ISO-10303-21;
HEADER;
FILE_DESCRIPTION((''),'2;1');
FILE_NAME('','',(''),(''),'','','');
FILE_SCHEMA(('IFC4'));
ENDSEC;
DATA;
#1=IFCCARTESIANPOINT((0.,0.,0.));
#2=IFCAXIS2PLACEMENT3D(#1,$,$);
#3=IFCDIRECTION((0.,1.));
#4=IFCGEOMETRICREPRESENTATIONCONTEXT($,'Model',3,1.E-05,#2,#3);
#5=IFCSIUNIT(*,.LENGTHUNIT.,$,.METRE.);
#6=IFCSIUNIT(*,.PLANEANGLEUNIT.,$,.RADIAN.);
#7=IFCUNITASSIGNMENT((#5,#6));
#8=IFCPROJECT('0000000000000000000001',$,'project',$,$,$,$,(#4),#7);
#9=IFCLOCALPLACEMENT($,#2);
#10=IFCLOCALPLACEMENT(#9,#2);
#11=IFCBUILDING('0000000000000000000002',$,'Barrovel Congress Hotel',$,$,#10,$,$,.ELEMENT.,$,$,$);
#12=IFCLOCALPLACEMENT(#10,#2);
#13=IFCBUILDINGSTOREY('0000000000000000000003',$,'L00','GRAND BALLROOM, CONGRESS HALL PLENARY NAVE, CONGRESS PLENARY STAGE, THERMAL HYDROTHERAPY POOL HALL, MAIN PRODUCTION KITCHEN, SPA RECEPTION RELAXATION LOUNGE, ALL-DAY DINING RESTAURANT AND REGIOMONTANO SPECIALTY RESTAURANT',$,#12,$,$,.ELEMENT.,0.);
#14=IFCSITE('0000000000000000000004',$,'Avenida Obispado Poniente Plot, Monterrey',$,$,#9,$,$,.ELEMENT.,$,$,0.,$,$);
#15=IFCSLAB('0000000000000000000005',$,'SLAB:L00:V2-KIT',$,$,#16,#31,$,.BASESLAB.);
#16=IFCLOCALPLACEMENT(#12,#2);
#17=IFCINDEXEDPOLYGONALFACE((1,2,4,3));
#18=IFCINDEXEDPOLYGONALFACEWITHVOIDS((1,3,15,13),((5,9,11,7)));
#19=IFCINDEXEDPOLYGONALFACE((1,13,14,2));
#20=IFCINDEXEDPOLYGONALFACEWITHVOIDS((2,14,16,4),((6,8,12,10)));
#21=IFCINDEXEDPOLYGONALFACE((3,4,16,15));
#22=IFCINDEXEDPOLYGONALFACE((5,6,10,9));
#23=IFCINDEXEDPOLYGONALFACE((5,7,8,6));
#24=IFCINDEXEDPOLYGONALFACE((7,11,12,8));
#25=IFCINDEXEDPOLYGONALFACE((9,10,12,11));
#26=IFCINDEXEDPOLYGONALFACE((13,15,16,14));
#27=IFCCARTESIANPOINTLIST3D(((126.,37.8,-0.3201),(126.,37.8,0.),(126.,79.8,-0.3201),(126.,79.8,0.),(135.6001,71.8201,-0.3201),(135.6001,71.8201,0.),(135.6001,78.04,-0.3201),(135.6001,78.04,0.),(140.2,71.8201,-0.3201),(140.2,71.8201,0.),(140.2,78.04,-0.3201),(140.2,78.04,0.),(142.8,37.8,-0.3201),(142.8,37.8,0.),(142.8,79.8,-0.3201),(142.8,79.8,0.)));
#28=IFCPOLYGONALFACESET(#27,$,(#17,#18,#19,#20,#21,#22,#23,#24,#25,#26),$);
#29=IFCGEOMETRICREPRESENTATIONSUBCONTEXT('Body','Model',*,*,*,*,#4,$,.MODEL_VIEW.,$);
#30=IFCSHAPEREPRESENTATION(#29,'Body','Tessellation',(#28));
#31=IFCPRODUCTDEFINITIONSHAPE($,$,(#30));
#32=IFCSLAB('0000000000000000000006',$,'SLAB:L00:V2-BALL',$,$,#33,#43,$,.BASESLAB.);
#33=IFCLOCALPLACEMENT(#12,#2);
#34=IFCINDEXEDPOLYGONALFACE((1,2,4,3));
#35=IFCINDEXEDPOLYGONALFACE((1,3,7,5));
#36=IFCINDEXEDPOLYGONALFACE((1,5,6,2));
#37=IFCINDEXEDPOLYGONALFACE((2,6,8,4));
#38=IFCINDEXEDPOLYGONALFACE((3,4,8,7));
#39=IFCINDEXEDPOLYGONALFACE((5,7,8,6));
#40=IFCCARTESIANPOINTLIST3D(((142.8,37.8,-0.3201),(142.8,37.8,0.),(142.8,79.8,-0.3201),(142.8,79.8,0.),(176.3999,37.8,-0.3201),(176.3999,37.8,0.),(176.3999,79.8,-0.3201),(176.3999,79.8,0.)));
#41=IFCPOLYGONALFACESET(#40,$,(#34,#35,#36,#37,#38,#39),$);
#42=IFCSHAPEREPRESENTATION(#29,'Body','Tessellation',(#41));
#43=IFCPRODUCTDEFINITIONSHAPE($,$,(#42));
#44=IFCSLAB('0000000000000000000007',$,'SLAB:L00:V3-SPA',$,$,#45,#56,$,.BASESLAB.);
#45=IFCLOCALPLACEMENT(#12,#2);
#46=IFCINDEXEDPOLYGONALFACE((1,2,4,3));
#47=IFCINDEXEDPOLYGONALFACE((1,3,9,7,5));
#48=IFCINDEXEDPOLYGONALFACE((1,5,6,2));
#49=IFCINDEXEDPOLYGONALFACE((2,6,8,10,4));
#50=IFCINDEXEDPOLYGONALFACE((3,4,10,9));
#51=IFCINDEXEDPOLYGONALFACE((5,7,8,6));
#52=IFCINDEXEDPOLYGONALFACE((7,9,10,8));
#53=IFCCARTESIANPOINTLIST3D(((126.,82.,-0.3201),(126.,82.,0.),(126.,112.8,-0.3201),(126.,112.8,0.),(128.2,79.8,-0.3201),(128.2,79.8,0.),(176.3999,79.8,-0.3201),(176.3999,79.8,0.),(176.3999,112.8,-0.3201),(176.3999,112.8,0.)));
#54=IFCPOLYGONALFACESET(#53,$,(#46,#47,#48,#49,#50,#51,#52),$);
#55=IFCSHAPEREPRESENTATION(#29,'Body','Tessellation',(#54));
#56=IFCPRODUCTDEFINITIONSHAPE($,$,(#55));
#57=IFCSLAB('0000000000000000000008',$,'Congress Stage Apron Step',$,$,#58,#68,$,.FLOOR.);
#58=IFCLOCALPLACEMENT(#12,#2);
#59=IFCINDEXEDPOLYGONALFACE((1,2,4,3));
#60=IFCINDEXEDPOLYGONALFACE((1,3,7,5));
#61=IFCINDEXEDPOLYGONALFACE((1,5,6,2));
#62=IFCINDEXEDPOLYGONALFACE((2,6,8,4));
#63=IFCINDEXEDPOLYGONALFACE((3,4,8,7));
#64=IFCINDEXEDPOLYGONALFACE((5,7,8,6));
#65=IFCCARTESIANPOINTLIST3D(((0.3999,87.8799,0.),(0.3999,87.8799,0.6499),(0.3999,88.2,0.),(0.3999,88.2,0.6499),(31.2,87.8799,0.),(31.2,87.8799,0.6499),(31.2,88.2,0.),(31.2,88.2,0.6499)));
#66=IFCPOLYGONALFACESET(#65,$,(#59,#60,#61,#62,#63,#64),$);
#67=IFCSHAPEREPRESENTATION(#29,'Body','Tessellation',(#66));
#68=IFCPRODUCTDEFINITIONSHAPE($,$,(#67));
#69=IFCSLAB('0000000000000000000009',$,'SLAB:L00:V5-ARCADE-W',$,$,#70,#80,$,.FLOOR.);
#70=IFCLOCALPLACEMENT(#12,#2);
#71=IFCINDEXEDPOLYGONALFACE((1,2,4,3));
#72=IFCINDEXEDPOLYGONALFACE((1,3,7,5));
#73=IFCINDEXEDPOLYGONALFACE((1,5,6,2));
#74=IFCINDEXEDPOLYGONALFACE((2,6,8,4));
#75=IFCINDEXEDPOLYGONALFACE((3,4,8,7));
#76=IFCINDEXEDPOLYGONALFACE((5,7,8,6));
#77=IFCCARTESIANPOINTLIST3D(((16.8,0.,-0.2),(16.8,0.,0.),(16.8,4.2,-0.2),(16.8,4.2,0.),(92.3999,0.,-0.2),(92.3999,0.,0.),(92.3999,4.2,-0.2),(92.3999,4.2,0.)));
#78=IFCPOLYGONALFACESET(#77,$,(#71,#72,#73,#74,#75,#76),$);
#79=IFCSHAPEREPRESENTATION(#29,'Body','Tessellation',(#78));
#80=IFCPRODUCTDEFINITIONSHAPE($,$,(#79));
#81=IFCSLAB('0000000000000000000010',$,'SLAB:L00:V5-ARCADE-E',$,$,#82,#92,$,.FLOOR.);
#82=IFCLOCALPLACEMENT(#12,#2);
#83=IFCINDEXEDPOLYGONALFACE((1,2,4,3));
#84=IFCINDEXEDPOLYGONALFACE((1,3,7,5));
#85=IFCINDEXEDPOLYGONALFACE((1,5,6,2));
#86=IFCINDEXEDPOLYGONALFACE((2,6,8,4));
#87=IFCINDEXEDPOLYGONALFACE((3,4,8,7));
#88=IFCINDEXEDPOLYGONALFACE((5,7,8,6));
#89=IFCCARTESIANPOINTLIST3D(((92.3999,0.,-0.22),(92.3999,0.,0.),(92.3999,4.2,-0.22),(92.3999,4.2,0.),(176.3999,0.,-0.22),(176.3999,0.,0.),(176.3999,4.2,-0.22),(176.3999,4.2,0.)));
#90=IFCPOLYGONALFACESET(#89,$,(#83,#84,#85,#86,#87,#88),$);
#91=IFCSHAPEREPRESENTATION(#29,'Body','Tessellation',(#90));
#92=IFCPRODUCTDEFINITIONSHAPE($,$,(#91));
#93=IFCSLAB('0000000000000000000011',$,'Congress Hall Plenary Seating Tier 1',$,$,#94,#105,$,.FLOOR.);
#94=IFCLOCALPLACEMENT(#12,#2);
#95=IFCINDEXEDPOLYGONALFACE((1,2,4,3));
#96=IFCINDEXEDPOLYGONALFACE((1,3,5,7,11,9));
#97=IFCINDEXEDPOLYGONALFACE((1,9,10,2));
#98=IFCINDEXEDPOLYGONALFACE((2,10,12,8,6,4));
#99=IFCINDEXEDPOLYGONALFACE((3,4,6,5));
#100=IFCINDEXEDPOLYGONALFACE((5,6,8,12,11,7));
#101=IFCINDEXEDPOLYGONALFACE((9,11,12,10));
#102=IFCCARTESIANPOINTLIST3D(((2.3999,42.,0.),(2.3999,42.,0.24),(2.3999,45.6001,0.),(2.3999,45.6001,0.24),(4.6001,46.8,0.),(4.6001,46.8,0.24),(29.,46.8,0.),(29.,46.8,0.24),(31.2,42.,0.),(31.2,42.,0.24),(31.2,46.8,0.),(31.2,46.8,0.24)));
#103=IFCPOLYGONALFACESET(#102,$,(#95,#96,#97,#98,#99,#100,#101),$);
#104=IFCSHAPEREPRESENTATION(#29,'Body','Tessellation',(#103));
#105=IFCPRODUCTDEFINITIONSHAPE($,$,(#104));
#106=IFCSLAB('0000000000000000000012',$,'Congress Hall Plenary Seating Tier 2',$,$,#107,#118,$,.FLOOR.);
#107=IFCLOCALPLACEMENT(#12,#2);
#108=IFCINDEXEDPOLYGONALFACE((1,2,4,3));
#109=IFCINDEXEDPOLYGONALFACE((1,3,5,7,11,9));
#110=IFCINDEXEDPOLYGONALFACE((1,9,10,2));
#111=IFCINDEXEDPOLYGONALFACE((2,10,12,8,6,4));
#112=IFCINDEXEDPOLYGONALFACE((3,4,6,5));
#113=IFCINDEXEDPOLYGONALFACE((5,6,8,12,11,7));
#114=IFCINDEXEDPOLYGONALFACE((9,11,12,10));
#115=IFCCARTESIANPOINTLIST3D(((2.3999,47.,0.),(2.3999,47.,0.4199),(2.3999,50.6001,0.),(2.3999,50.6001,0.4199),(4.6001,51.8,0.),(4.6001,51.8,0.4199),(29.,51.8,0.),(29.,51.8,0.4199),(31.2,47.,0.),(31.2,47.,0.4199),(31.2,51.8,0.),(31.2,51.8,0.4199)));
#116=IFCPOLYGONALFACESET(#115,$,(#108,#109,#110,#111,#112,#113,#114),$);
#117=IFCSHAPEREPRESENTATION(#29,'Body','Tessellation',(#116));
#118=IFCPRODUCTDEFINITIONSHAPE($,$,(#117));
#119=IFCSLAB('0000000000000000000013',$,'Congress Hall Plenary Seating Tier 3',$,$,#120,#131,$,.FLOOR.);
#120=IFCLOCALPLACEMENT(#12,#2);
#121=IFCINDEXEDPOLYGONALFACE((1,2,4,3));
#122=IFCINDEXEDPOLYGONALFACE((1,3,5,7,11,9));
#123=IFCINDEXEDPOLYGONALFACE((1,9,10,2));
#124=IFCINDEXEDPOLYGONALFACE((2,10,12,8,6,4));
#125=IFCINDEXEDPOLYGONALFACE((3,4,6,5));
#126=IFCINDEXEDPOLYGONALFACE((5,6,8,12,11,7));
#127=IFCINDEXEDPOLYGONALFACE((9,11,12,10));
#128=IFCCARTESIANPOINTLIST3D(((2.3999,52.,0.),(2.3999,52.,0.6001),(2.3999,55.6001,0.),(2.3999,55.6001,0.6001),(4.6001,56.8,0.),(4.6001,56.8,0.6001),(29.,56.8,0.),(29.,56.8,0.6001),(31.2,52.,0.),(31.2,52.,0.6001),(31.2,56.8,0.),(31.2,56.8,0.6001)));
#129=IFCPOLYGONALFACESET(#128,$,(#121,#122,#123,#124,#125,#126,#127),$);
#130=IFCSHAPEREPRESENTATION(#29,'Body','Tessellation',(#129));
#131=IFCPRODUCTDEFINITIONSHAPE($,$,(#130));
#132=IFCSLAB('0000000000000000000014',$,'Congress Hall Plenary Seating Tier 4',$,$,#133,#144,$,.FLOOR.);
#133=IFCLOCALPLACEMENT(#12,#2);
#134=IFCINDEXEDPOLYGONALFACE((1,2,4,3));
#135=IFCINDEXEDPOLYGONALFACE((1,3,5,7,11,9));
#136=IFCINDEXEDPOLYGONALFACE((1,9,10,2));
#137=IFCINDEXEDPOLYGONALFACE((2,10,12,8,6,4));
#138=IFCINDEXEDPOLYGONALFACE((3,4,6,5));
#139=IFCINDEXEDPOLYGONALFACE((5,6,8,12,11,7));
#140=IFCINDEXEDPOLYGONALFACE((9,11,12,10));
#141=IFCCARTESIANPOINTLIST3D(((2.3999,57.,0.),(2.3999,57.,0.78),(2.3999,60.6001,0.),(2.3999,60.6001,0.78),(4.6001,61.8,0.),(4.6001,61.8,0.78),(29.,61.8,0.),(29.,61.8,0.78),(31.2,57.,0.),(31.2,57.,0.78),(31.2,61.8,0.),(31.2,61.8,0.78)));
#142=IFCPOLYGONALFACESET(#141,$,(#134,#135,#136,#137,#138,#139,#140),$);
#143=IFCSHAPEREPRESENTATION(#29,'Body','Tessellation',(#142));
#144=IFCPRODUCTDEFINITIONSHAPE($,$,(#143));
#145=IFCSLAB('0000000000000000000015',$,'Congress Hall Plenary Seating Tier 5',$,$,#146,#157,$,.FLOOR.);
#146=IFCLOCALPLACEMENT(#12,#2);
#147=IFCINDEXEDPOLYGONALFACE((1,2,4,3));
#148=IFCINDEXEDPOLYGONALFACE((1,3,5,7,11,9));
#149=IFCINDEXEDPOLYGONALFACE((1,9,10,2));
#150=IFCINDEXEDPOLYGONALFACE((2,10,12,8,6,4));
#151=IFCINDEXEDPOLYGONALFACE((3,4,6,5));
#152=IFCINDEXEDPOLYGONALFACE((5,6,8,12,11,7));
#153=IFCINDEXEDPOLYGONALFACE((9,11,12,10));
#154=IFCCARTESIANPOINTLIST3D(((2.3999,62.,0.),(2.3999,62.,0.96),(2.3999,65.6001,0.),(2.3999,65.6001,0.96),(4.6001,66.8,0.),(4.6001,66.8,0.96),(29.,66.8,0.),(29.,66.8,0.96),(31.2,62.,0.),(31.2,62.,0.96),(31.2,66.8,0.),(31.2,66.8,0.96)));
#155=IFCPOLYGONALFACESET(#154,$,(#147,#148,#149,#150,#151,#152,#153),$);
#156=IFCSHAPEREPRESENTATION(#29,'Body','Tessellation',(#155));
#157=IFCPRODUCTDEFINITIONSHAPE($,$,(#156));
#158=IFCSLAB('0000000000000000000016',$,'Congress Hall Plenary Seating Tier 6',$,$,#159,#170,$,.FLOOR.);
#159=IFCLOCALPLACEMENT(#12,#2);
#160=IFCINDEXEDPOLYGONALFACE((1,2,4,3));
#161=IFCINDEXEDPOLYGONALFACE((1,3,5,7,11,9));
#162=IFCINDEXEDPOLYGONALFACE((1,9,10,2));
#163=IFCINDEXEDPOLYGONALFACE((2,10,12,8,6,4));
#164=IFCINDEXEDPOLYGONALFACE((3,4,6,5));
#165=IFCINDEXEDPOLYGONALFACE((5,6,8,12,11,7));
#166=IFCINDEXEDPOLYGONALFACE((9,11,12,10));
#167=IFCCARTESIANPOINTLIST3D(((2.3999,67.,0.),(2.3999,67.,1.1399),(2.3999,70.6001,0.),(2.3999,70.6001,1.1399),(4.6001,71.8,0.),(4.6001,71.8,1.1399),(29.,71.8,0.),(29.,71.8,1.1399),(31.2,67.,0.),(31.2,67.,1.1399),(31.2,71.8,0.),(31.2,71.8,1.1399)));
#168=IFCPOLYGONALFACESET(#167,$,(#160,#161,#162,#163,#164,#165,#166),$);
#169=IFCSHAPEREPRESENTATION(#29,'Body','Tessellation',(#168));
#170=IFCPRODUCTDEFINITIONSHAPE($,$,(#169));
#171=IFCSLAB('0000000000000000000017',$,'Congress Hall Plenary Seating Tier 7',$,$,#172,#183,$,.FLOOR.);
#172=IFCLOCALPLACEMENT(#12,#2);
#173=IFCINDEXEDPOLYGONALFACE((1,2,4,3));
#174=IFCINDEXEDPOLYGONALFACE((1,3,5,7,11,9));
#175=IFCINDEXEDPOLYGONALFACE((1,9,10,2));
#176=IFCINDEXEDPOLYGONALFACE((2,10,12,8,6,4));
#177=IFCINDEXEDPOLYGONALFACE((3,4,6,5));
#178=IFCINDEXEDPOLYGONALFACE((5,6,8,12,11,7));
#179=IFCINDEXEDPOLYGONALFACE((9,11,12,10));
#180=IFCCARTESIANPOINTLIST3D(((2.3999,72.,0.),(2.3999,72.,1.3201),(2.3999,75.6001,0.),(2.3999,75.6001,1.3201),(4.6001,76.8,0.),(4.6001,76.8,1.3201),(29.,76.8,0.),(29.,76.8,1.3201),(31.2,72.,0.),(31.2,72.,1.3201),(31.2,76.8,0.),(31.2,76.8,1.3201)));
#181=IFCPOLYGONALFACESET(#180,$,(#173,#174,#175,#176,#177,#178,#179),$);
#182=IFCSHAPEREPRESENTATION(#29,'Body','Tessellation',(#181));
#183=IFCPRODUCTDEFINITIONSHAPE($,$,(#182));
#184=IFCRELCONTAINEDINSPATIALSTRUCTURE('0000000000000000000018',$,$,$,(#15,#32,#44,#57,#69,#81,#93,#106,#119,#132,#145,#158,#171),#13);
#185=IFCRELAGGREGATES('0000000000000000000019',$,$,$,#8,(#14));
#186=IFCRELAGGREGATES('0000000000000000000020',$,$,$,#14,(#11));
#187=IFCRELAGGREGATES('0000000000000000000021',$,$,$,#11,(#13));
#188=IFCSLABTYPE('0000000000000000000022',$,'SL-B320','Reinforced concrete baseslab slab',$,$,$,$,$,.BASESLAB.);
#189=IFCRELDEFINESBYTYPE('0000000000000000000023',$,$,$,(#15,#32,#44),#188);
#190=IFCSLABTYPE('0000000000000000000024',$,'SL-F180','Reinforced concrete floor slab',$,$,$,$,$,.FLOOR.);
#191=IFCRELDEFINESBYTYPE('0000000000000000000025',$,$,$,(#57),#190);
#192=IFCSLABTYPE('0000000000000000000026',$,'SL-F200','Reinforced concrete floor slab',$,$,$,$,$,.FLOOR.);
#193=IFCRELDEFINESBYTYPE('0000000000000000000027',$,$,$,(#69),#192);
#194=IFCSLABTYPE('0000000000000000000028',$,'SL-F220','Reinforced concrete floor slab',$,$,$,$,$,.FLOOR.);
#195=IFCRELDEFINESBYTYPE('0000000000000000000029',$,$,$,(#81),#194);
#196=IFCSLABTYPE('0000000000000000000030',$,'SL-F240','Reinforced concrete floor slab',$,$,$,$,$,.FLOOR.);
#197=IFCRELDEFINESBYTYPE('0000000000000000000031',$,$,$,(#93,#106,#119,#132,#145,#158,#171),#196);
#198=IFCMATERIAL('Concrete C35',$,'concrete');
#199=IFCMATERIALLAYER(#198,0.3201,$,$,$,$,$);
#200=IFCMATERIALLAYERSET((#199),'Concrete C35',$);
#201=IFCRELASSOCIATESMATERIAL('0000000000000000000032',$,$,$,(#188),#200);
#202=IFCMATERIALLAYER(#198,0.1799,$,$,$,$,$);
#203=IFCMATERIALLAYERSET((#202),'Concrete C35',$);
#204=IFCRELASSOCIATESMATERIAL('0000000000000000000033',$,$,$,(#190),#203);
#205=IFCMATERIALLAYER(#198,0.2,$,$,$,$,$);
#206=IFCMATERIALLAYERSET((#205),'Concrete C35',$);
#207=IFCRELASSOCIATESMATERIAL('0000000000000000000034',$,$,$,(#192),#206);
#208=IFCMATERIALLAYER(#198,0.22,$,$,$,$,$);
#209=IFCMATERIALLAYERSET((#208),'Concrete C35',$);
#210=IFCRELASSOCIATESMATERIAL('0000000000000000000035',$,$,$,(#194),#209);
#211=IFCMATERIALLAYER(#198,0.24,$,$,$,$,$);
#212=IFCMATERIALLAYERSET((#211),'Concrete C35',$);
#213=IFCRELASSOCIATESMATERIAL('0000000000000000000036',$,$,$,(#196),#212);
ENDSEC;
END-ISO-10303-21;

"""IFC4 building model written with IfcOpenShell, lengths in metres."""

from ifc_helpers import new_model, si_unit, direction, frame, origin, place, context, subcontext, project, spatial, polyline, outline, extrude, material, layer, layer_set, type_object, element, save


model = new_model("IFC4")

# Units and contexts
model_context = context("Model", 3, precision=1e-05, world=origin(), true_north=direction((0.0, 1.0)))
body_context = subcontext(model_context, "Body", "Model", "MODEL_VIEW")
ifc_project = project(units=[si_unit("LENGTHUNIT", "METRE"), si_unit("PLANEANGLEUNIT", "RADIAN")], contexts=[model_context])

# Site, building, storey
site_placement = place(None, origin())
site = spatial("IfcSite", under=ifc_project, at=site_placement, Name="Avenida Obispado Poniente Plot, Monterrey", CompositionType="ELEMENT", RefElevation=0.0)
building_placement = place(site_placement, origin())
building = spatial("IfcBuilding", under=site, at=building_placement, Name="Barrovel Congress Hotel", CompositionType="ELEMENT")
storey_placement = place(building_placement, origin())
storey = spatial("IfcBuildingStorey", under=building, at=storey_placement, Name="L00", Description="GRAND BALLROOM, CONGRESS HALL PLENARY NAVE, CONGRESS PLENARY STAGE, THERMAL HYDROTHERAPY POOL HALL, MAIN PRODUCTION KITCHEN, SPA RECEPTION RELAXATION LOUNGE, ALL-DAY DINING RESTAURANT AND REGIOMONTANO SPECIALTY RESTAURANT", CompositionType="ELEMENT", Elevation=0.0)

# Slabs
ifc_material_1 = material(Name="Concrete C35", Category="concrete")
ifc_layer_1 = layer(ifc_material_1, 0.3201)
ifc_layer_set_1 = layer_set([ifc_layer_1], Name="Concrete C35")
slab_type_1 = type_object("IfcSlabType", Name="SL-B320", Description="Reinforced concrete baseslab slab", PredefinedType="BASESLAB", material=ifc_layer_set_1)
slab_1_placement = place(storey_placement, frame((0.0, 0.0, -0.3201)))
element("IfcSlab", 1, at=slab_1_placement, inside=storey, type_object=slab_type_1, Name="SLAB:L00:V2-KIT", PredefinedType="BASESLAB", context=body_context, shape_type="SweptSolid", body=[
    extrude(outline(polyline([(126.0, 37.8), (142.8, 37.8), (142.8, 79.8), (126.0, 79.8), (126.0, 37.8)]), holes=[polyline([(135.6001, 71.8201), (135.6001, 78.04), (140.2, 78.04), (140.2, 71.8201), (135.6001, 71.8201)])]), origin(), (0.0, 0.0, 1.0), 0.3201),
])
slab_2_placement = place(storey_placement, frame((0.0, 0.0, -0.3201)))
element("IfcSlab", 2, at=slab_2_placement, inside=storey, type_object=slab_type_1, Name="SLAB:L00:V2-BALL", PredefinedType="BASESLAB", context=body_context, shape_type="SweptSolid", body=[
    extrude(outline(polyline([(142.8, 37.8), (176.3999, 37.8), (176.3999, 79.8), (142.8, 79.8), (142.8, 37.8)])), origin(), (0.0, 0.0, 1.0), 0.3201),
])
slab_3_placement = place(storey_placement, frame((0.0, 0.0, -0.3201)))
element("IfcSlab", 3, at=slab_3_placement, inside=storey, type_object=slab_type_1, Name="SLAB:L00:V3-SPA", PredefinedType="BASESLAB", context=body_context, shape_type="SweptSolid", body=[
    extrude(outline(polyline([(128.2, 79.8), (176.3999, 79.8), (176.3999, 112.8), (126.0, 112.8), (126.0, 82.0), (128.2, 79.8)])), origin(), (0.0, 0.0, 1.0), 0.3201),
])
ifc_layer_2 = layer(ifc_material_1, 0.1799)
ifc_layer_set_2 = layer_set([ifc_layer_2], Name="Concrete C35")
slab_type_2 = type_object("IfcSlabType", Name="SL-F180", Description="Reinforced concrete floor slab", PredefinedType="FLOOR", material=ifc_layer_set_2)
slab_4_placement = place(storey_placement, origin())
element("IfcSlab", 4, at=slab_4_placement, inside=storey, type_object=slab_type_2, Name="Congress Stage Apron Step", PredefinedType="FLOOR", context=body_context, shape_type="SweptSolid", body=[
    extrude(outline(polyline([(0.3999, 87.8799), (31.2, 87.8799), (31.2, 88.2), (0.3999, 88.2), (0.3999, 87.8799)])), origin(), (0.0, 0.0, 1.0), 0.6499),
])
ifc_layer_3 = layer(ifc_material_1, 0.2)
ifc_layer_set_3 = layer_set([ifc_layer_3], Name="Concrete C35")
slab_type_3 = type_object("IfcSlabType", Name="SL-F200", Description="Reinforced concrete floor slab", PredefinedType="FLOOR", material=ifc_layer_set_3)
slab_5_placement = place(storey_placement, frame((0.0, 0.0, -0.2)))
element("IfcSlab", 5, at=slab_5_placement, inside=storey, type_object=slab_type_3, Name="SLAB:L00:V5-ARCADE-W", PredefinedType="FLOOR", context=body_context, shape_type="SweptSolid", body=[
    extrude(outline(polyline([(16.8, 0.0), (92.3999, 0.0), (92.3999, 4.2), (16.8, 4.2), (16.8, 0.0)])), origin(), (0.0, 0.0, 1.0), 0.2),
])
ifc_layer_4 = layer(ifc_material_1, 0.22)
ifc_layer_set_4 = layer_set([ifc_layer_4], Name="Concrete C35")
slab_type_4 = type_object("IfcSlabType", Name="SL-F220", Description="Reinforced concrete floor slab", PredefinedType="FLOOR", material=ifc_layer_set_4)
slab_6_placement = place(storey_placement, frame((0.0, 0.0, -0.22)))
element("IfcSlab", 6, at=slab_6_placement, inside=storey, type_object=slab_type_4, Name="SLAB:L00:V5-ARCADE-E", PredefinedType="FLOOR", context=body_context, shape_type="SweptSolid", body=[
    extrude(outline(polyline([(92.3999, 0.0), (176.3999, 0.0), (176.3999, 4.2), (92.3999, 4.2), (92.3999, 0.0)])), origin(), (0.0, 0.0, 1.0), 0.22),
])
ifc_layer_5 = layer(ifc_material_1, 0.24)
ifc_layer_set_5 = layer_set([ifc_layer_5], Name="Concrete C35")
slab_type_5 = type_object("IfcSlabType", Name="SL-F240", Description="Reinforced concrete floor slab", PredefinedType="FLOOR", material=ifc_layer_set_5)
slab_7_placement = place(storey_placement, origin())
element("IfcSlab", 7, at=slab_7_placement, inside=storey, type_object=slab_type_5, Name="Congress Hall Plenary Seating Tier 1", PredefinedType="FLOOR", context=body_context, shape_type="SweptSolid", body=[
    extrude(outline(polyline([(2.3999, 42.0), (31.2, 42.0), (31.2, 46.8), (29.0, 46.8), (4.6001, 46.8), (2.3999, 45.6001), (2.3999, 42.0)])), origin(), (0.0, 0.0, 1.0), 0.24),
])
slab_8_placement = place(storey_placement, origin())
element("IfcSlab", 8, at=slab_8_placement, inside=storey, type_object=slab_type_5, Name="Congress Hall Plenary Seating Tier 2", PredefinedType="FLOOR", context=body_context, shape_type="SweptSolid", body=[
    extrude(outline(polyline([(2.3999, 47.0), (31.2, 47.0), (31.2, 51.8), (29.0, 51.8), (4.6001, 51.8), (2.3999, 50.6001), (2.3999, 47.0)])), origin(), (0.0, 0.0, 1.0), 0.4199),
])
slab_9_placement = place(storey_placement, origin())
element("IfcSlab", 9, at=slab_9_placement, inside=storey, type_object=slab_type_5, Name="Congress Hall Plenary Seating Tier 3", PredefinedType="FLOOR", context=body_context, shape_type="SweptSolid", body=[
    extrude(outline(polyline([(2.3999, 52.0), (31.2, 52.0), (31.2, 56.8), (29.0, 56.8), (4.6001, 56.8), (2.3999, 55.6001), (2.3999, 52.0)])), origin(), (0.0, 0.0, 1.0), 0.6001),
])
slab_10_placement = place(storey_placement, origin())
element("IfcSlab", 10, at=slab_10_placement, inside=storey, type_object=slab_type_5, Name="Congress Hall Plenary Seating Tier 4", PredefinedType="FLOOR", context=body_context, shape_type="SweptSolid", body=[
    extrude(outline(polyline([(2.3999, 57.0), (31.2, 57.0), (31.2, 61.8), (29.0, 61.8), (4.6001, 61.8), (2.3999, 60.6001), (2.3999, 57.0)])), origin(), (0.0, 0.0, 1.0), 0.78),
])
slab_11_placement = place(storey_placement, origin())
element("IfcSlab", 11, at=slab_11_placement, inside=storey, type_object=slab_type_5, Name="Congress Hall Plenary Seating Tier 5", PredefinedType="FLOOR", context=body_context, shape_type="SweptSolid", body=[
    extrude(outline(polyline([(2.3999, 62.0), (31.2, 62.0), (31.2, 66.8), (29.0, 66.8), (4.6001, 66.8), (2.3999, 65.6001), (2.3999, 62.0)])), origin(), (0.0, 0.0, 1.0), 0.96),
])
slab_12_placement = place(storey_placement, origin())
element("IfcSlab", 12, at=slab_12_placement, inside=storey, type_object=slab_type_5, Name="Congress Hall Plenary Seating Tier 6", PredefinedType="FLOOR", context=body_context, shape_type="SweptSolid", body=[
    extrude(outline(polyline([(2.3999, 67.0), (31.2, 67.0), (31.2, 71.8), (29.0, 71.8), (4.6001, 71.8), (2.3999, 70.6001), (2.3999, 67.0)])), origin(), (0.0, 0.0, 1.0), 1.1399),
])
slab_13_placement = place(storey_placement, origin())
element("IfcSlab", 13, at=slab_13_placement, inside=storey, type_object=slab_type_5, Name="Congress Hall Plenary Seating Tier 7", PredefinedType="FLOOR", context=body_context, shape_type="SweptSolid", body=[
    extrude(outline(polyline([(2.3999, 72.0), (31.2, 72.0), (31.2, 76.8), (29.0, 76.8), (4.6001, 76.8), (2.3999, 75.6001), (2.3999, 72.0)])), origin(), (0.0, 0.0, 1.0), 1.3201),
])

save(model, "model.ifc")
